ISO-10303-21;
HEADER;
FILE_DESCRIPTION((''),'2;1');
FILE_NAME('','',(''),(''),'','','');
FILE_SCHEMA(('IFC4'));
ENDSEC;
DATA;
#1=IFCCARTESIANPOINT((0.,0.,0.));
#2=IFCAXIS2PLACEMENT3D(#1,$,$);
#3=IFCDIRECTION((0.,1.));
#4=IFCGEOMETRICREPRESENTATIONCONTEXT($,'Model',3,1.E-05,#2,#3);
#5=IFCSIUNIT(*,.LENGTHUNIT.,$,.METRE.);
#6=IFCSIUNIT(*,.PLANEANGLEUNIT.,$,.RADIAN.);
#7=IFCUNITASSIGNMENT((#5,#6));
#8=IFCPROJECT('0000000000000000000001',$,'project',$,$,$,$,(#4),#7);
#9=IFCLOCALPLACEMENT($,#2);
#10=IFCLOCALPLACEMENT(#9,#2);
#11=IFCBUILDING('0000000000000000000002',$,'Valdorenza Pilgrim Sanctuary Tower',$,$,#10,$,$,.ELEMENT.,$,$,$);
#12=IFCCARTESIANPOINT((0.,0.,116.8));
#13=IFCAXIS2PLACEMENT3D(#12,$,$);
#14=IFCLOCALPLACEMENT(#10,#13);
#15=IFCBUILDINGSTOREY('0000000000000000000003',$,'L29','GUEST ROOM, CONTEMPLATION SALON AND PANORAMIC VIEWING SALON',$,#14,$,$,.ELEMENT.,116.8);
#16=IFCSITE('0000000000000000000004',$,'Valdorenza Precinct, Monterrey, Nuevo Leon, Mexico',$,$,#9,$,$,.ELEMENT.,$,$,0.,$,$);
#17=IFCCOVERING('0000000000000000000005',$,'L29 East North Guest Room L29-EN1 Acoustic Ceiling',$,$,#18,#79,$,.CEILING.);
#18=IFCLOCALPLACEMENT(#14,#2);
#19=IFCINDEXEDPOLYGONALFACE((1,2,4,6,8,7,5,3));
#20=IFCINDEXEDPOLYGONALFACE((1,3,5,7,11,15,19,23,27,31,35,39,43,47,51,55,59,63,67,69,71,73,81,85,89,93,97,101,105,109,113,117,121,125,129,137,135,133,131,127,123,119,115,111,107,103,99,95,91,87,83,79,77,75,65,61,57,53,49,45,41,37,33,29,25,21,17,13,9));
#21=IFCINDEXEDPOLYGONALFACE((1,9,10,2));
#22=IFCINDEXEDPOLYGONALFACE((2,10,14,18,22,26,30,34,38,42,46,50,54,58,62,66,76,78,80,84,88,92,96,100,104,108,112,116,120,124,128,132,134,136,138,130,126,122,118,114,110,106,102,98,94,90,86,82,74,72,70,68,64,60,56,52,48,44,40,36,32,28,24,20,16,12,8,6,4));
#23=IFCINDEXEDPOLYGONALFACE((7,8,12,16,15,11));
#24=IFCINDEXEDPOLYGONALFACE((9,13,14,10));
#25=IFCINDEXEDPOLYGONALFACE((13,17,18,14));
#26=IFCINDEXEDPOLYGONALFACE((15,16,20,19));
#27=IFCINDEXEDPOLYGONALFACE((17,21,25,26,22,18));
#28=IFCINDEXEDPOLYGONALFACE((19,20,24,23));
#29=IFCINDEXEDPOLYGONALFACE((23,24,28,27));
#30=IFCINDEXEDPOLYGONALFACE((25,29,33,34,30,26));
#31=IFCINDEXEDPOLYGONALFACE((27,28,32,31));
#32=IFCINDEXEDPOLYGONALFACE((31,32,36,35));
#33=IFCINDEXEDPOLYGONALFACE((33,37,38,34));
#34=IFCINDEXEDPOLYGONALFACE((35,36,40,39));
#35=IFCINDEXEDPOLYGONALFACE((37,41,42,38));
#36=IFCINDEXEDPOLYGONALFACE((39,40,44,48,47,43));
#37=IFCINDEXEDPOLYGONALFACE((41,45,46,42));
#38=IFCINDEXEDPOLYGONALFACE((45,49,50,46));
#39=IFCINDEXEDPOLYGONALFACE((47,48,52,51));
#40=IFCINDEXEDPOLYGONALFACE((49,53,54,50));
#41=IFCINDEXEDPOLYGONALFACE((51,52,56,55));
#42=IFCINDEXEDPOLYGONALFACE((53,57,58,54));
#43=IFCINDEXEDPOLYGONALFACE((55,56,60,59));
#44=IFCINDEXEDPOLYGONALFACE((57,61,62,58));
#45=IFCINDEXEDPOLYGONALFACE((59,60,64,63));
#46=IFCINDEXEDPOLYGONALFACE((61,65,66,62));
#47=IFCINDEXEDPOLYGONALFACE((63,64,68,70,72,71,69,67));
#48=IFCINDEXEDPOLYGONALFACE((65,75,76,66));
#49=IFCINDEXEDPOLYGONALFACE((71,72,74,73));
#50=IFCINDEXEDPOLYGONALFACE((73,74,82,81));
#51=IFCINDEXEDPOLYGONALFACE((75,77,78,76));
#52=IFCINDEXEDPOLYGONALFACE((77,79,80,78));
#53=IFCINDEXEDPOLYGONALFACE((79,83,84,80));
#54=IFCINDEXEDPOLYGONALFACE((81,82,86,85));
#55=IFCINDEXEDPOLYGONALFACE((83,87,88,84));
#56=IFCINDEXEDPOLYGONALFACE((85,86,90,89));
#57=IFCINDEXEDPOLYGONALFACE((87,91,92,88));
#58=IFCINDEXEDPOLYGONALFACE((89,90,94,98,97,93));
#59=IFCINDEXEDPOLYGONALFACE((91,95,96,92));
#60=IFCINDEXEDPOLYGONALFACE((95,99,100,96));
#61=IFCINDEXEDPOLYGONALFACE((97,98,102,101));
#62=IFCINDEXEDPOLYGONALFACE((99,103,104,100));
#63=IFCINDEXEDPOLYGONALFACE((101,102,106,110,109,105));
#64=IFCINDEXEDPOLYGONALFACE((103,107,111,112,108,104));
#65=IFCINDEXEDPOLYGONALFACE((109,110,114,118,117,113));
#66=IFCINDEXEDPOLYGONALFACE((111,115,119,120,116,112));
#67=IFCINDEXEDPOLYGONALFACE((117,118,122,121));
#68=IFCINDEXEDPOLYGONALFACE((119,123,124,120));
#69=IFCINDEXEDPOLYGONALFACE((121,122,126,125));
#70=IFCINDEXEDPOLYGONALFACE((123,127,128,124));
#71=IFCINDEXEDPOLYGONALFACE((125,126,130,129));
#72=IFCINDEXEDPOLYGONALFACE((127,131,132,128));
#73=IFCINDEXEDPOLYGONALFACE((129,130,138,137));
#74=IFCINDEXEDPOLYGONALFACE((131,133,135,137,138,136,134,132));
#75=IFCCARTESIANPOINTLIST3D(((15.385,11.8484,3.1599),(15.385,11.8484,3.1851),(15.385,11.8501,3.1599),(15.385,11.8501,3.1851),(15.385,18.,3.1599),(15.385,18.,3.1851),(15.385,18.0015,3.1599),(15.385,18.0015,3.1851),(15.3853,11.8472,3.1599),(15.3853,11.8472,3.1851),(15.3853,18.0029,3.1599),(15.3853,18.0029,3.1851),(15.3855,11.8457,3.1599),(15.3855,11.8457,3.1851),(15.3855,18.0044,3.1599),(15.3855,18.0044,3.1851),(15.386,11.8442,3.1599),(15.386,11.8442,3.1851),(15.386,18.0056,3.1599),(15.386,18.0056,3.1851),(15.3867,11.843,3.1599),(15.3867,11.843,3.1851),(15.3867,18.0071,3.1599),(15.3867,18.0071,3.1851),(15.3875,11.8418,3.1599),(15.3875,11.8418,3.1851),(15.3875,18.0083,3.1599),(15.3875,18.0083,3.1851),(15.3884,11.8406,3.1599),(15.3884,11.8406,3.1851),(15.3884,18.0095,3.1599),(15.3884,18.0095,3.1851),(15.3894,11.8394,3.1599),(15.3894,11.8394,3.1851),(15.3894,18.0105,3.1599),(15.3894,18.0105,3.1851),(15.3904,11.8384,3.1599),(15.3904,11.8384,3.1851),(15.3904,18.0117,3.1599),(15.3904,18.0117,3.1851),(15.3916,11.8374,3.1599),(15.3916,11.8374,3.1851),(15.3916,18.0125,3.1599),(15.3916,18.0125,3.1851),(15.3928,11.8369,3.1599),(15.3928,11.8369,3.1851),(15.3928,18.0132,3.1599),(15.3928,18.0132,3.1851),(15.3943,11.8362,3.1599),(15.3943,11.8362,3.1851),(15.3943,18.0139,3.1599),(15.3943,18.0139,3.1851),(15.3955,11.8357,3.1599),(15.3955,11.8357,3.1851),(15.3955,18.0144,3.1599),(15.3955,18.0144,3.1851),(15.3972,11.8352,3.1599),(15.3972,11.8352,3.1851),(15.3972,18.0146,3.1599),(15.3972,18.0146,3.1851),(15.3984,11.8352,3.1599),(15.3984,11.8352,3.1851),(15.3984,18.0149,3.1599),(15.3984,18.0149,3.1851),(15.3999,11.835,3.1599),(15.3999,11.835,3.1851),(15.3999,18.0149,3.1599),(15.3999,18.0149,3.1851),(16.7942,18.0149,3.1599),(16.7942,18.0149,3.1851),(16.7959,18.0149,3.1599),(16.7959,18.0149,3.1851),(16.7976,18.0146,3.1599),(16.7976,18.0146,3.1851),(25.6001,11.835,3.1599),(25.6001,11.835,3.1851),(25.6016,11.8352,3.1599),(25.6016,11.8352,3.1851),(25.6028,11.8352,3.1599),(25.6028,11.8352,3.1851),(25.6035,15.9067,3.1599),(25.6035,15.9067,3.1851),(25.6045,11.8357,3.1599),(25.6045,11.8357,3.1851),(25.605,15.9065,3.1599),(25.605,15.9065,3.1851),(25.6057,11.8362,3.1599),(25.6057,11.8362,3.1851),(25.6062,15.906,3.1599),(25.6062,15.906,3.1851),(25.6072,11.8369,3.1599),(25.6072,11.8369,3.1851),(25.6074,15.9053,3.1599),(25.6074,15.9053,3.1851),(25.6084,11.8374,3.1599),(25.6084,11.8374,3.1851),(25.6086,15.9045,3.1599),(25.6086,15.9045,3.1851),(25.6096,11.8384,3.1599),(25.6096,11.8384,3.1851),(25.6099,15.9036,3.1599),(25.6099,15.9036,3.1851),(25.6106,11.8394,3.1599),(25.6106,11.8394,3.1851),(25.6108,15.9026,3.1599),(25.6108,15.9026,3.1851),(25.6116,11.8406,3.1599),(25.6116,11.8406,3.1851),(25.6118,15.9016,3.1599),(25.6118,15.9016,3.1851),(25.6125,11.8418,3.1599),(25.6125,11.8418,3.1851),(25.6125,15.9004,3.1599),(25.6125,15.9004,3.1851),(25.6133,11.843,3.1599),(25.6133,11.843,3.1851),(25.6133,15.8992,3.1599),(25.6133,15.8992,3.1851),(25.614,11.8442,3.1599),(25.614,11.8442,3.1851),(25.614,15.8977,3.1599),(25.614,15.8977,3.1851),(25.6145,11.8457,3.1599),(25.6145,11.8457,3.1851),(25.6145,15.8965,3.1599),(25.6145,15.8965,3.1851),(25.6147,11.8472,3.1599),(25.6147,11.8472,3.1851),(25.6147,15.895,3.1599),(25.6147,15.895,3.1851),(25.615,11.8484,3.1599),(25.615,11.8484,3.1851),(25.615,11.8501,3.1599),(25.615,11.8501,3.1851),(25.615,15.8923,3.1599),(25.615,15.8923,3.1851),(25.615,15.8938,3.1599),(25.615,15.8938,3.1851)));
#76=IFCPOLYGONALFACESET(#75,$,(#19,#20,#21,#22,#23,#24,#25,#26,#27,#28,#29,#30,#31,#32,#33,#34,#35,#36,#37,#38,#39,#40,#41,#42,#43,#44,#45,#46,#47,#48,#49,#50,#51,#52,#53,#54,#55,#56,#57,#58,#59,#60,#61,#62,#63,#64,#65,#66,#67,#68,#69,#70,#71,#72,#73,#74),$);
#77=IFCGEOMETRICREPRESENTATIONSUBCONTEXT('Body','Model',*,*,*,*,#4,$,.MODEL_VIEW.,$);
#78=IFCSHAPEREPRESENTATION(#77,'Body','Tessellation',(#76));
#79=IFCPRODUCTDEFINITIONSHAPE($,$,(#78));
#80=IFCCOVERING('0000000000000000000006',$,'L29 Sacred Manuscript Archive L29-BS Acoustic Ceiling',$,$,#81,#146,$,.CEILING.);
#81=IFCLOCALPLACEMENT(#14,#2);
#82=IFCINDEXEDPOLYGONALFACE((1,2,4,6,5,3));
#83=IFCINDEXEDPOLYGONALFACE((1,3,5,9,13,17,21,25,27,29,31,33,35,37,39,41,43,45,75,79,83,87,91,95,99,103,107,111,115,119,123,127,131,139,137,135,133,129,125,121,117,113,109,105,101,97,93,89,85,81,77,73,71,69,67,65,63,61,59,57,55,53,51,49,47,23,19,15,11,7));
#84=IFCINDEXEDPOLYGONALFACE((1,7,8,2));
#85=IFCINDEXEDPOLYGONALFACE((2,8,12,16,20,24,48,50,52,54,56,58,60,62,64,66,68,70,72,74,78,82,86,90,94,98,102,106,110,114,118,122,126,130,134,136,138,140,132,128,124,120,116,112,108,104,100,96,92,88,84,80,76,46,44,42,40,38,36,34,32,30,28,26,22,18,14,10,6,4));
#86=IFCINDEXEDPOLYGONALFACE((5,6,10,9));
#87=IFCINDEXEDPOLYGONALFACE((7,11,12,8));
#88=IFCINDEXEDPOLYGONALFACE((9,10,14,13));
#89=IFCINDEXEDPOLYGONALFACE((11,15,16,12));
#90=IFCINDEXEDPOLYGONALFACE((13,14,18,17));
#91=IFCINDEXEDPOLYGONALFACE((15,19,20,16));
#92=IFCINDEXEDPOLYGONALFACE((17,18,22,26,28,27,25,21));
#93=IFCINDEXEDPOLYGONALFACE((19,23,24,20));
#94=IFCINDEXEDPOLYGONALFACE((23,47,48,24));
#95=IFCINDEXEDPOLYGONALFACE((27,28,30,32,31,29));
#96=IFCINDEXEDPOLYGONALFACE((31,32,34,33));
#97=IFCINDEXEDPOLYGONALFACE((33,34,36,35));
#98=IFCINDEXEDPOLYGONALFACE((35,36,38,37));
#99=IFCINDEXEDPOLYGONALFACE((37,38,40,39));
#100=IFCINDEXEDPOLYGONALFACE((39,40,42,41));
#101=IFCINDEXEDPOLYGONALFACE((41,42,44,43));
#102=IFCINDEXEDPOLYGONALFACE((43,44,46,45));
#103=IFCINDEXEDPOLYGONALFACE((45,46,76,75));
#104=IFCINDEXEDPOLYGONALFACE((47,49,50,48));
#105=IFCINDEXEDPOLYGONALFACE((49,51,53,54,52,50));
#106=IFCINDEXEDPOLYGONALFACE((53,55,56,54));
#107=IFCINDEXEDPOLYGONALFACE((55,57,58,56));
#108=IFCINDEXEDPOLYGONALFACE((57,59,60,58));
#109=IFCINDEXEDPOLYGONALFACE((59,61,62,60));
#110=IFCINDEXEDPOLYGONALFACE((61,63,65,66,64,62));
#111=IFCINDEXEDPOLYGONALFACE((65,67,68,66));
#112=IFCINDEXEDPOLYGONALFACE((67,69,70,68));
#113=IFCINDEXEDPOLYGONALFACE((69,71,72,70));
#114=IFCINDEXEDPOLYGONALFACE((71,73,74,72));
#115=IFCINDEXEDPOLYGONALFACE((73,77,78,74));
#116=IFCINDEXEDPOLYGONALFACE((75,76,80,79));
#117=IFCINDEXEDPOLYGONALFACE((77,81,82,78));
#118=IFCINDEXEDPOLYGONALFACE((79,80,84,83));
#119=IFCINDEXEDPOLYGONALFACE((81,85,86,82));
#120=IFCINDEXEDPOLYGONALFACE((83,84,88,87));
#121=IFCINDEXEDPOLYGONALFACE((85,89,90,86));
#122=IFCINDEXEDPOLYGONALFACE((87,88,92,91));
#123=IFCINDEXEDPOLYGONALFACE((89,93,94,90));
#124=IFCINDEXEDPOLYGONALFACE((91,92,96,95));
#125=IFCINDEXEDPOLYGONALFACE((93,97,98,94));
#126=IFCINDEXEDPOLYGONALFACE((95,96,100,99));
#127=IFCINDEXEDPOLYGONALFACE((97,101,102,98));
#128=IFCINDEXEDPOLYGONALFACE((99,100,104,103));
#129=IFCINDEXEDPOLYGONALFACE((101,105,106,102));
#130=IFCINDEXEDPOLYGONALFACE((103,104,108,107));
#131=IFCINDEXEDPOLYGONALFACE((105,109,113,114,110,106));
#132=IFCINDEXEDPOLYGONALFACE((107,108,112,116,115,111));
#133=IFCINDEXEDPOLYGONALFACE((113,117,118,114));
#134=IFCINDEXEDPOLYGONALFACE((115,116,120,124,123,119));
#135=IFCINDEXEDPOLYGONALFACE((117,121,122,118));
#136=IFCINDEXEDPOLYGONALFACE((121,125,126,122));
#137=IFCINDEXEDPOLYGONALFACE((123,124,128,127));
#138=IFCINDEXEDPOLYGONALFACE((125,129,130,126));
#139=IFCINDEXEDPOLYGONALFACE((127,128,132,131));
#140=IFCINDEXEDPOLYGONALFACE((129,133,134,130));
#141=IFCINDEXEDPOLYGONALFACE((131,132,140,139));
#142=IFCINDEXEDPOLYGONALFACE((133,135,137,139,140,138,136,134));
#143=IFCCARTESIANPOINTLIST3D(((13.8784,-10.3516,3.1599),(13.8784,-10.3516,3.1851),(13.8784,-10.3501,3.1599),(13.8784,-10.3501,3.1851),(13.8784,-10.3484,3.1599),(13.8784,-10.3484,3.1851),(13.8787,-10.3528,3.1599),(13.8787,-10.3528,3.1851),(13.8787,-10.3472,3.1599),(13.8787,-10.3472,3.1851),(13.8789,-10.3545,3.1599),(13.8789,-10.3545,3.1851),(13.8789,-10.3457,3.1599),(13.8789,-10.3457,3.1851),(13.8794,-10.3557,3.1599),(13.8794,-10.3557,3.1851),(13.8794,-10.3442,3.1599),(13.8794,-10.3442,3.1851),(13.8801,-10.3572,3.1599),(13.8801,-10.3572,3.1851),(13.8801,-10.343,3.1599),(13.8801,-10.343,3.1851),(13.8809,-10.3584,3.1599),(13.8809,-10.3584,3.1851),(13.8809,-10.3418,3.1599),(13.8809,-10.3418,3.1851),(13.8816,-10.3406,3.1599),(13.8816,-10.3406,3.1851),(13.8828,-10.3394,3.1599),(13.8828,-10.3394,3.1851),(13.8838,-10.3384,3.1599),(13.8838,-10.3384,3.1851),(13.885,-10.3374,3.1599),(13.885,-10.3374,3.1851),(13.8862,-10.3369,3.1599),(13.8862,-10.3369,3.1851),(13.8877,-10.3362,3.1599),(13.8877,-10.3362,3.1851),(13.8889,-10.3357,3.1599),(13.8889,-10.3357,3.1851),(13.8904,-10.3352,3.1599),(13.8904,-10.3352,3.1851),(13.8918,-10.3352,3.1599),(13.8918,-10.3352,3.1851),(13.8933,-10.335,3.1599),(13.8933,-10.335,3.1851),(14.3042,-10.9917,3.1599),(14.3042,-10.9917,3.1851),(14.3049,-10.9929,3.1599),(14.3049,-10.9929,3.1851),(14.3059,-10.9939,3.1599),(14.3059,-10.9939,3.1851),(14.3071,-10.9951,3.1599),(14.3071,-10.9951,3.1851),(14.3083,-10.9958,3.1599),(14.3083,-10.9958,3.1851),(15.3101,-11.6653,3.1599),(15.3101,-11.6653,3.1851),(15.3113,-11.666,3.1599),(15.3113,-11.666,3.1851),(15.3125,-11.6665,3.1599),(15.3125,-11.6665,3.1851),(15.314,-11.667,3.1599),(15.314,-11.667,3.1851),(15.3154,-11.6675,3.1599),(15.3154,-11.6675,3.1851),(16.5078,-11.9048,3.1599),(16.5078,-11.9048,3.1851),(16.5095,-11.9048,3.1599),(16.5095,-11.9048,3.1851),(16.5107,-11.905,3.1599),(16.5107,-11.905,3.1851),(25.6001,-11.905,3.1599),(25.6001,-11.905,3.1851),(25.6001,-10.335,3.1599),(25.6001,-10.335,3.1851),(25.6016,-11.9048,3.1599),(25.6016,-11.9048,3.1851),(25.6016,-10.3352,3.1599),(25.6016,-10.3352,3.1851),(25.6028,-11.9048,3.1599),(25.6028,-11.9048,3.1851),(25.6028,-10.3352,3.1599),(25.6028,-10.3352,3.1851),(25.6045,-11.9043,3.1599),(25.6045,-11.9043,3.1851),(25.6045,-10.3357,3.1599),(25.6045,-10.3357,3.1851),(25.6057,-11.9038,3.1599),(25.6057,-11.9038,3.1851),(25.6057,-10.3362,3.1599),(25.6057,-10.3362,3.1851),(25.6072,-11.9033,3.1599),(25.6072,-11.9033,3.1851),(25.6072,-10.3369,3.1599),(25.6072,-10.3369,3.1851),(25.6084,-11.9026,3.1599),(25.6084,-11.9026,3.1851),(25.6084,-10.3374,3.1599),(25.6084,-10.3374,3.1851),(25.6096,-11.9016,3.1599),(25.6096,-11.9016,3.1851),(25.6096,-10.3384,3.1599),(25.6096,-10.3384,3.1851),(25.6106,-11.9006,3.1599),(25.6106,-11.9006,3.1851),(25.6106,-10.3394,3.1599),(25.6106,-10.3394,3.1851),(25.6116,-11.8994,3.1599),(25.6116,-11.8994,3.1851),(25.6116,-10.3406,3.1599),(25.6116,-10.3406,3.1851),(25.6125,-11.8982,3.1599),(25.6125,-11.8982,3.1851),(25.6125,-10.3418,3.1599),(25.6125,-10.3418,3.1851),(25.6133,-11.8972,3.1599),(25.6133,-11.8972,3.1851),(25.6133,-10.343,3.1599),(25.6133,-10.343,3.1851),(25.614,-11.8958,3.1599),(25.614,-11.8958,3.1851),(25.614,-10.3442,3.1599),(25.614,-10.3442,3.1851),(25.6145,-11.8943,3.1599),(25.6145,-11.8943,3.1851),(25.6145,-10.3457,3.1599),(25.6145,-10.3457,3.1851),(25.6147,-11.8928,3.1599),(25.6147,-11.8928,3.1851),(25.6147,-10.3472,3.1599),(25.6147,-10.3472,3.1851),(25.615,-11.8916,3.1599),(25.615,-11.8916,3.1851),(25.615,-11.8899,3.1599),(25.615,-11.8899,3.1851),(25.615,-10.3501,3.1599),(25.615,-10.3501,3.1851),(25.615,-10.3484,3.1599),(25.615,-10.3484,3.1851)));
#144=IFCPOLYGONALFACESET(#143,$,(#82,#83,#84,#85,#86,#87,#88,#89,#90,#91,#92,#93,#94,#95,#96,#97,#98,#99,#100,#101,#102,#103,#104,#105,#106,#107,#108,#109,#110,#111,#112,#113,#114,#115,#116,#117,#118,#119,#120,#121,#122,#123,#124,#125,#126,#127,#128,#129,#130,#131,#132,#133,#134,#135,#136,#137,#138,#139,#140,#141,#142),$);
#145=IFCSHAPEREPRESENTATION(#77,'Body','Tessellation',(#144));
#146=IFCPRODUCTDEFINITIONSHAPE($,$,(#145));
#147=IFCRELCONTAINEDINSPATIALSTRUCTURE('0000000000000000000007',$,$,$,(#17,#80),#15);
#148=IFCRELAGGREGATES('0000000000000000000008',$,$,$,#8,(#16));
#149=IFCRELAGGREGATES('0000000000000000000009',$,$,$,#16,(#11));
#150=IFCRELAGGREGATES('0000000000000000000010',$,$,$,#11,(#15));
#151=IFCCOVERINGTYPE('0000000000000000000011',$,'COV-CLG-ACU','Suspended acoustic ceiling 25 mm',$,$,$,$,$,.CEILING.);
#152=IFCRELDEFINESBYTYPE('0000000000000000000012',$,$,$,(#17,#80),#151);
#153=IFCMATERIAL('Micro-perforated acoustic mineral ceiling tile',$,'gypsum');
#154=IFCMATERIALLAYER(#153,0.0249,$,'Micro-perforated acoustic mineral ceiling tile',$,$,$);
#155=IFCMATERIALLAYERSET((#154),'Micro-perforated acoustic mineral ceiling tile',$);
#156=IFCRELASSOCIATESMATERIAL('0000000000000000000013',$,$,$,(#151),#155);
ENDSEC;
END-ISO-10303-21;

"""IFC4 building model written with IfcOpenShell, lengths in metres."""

from ifc_helpers import new_model, si_unit, direction, frame, origin, place, context, subcontext, project, spatial, polyline, outline, extrude, material, layer, layer_set, type_object, element, save


model = new_model("IFC4")

# Units and contexts
model_context = context("Model", 3, precision=1e-05, world=origin(), true_north=direction((0.0, 1.0)))
body_context = subcontext(model_context, "Body", "Model", "MODEL_VIEW")
ifc_project = project(units=[si_unit("LENGTHUNIT", "METRE"), si_unit("PLANEANGLEUNIT", "RADIAN")], contexts=[model_context])

# Site, building, storey
site_placement = place(None, origin())
site = spatial("IfcSite", under=ifc_project, at=site_placement, Name="Valdorenza Precinct, Monterrey, Nuevo Leon, Mexico", CompositionType="ELEMENT", RefElevation=0.0)
building_placement = place(site_placement, origin())
building = spatial("IfcBuilding", under=site, at=building_placement, Name="Valdorenza Pilgrim Sanctuary Tower", CompositionType="ELEMENT")
storey_placement = place(building_placement, frame((0.0, 0.0, 116.8)))
storey = spatial("IfcBuildingStorey", under=building, at=storey_placement, Name="L29", Description="GUEST ROOM, CONTEMPLATION SALON AND PANORAMIC VIEWING SALON", CompositionType="ELEMENT", Elevation=116.8)

# Coverings
ifc_material_1 = material(Name="Micro-perforated acoustic mineral ceiling tile", Category="gypsum")
ifc_layer_1 = layer(ifc_material_1, 0.0249, Name="Micro-perforated acoustic mineral ceiling tile")
ifc_layer_set_1 = layer_set([ifc_layer_1], Name="Micro-perforated acoustic mineral ceiling tile")
covering_type_1 = type_object("IfcCoveringType", Name="COV-CLG-ACU", Description="Suspended acoustic ceiling 25 mm", PredefinedType="CEILING", material=ifc_layer_set_1)
covering_1_placement = place(storey_placement, frame((0.0, 0.0, 3.1599)))
element("IfcCovering", 1, at=covering_1_placement, inside=storey, type_object=covering_type_1, Name="L29 East North Guest Room L29-EN1 Acoustic Ceiling", PredefinedType="CEILING", context=body_context, shape_type="SweptSolid", body=[
    extrude(outline(polyline([(16.7942, 18.0149), (16.7959, 18.0149), (16.7976, 18.0146), (25.6035, 15.9067), (25.605, 15.9065), (25.6062, 15.906), (25.6074, 15.9053), (25.6086, 15.9045), (25.6099, 15.9036), (25.6108, 15.9026), (25.6118, 15.9016), (25.6125, 15.9004), (25.6133, 15.8992), (25.614, 15.8977), (25.6145, 15.8965), (25.6147, 15.895), (25.615, 15.8938), (25.615, 15.8923), (25.615, 11.8501), (25.615, 11.8484), (25.6147, 11.8472), (25.6145, 11.8457), (25.614, 11.8442), (25.6133, 11.843), (25.6125, 11.8418), (25.6116, 11.8406), (25.6106, 11.8394), (25.6096, 11.8384), (25.6084, 11.8374), (25.6072, 11.8369), (25.6057, 11.8362), (25.6045, 11.8357), (25.6028, 11.8352), (25.6016, 11.8352), (25.6001, 11.835), (15.3999, 11.835), (15.3984, 11.8352), (15.3972, 11.8352), (15.3955, 11.8357), (15.3943, 11.8362), (15.3928, 11.8369), (15.3916, 11.8374), (15.3904, 11.8384), (15.3894, 11.8394), (15.3884, 11.8406), (15.3875, 11.8418), (15.3867, 11.843), (15.386, 11.8442), (15.3855, 11.8457), (15.3853, 11.8472), (15.385, 11.8484), (15.385, 11.8501), (15.385, 18.0), (15.385, 18.0015), (15.3853, 18.0029), (15.3855, 18.0044), (15.386, 18.0056), (15.3867, 18.0071), (15.3875, 18.0083), (15.3884, 18.0095), (15.3894, 18.0105), (15.3904, 18.0117), (15.3916, 18.0125), (15.3928, 18.0132), (15.3943, 18.0139), (15.3955, 18.0144), (15.3972, 18.0146), (15.3984, 18.0149), (15.3999, 18.0149), (16.7942, 18.0149)])), origin(), (0.0, 0.0, 1.0), 0.0251),
])
covering_2_placement = place(storey_placement, frame((0.0, 0.0, 3.1599)))
element("IfcCovering", 2, at=covering_2_placement, inside=storey, type_object=covering_type_1, Name="L29 Sacred Manuscript Archive L29-BS Acoustic Ceiling", PredefinedType="CEILING", context=body_context, shape_type="SweptSolid", body=[
    extrude(outline(polyline([(25.615, -11.8899), (25.615, -11.8916), (25.6147, -11.8928), (25.6145, -11.8943), (25.614, -11.8958), (25.6133, -11.8972), (25.6125, -11.8982), (25.6116, -11.8994), (25.6106, -11.9006), (25.6096, -11.9016), (25.6084, -11.9026), (25.6072, -11.9033), (25.6057, -11.9038), (25.6045, -11.9043), (25.6028, -11.9048), (25.6016, -11.9048), (25.6001, -11.905), (16.5107, -11.905), (16.5095, -11.9048), (16.5078, -11.9048), (15.3154, -11.6675), (15.314, -11.667), (15.3125, -11.6665), (15.3113, -11.666), (15.3101, -11.6653), (14.3083, -10.9958), (14.3071, -10.9951), (14.3059, -10.9939), (14.3049, -10.9929), (14.3042, -10.9917), (13.8809, -10.3584), (13.8801, -10.3572), (13.8794, -10.3557), (13.8789, -10.3545), (13.8787, -10.3528), (13.8784, -10.3516), (13.8784, -10.3501), (13.8784, -10.3484), (13.8787, -10.3472), (13.8789, -10.3457), (13.8794, -10.3442), (13.8801, -10.343), (13.8809, -10.3418), (13.8816, -10.3406), (13.8828, -10.3394), (13.8838, -10.3384), (13.885, -10.3374), (13.8862, -10.3369), (13.8877, -10.3362), (13.8889, -10.3357), (13.8904, -10.3352), (13.8918, -10.3352), (13.8933, -10.335), (25.6001, -10.335), (25.6016, -10.3352), (25.6028, -10.3352), (25.6045, -10.3357), (25.6057, -10.3362), (25.6072, -10.3369), (25.6084, -10.3374), (25.6096, -10.3384), (25.6106, -10.3394), (25.6116, -10.3406), (25.6125, -10.3418), (25.6133, -10.343), (25.614, -10.3442), (25.6145, -10.3457), (25.6147, -10.3472), (25.615, -10.3484), (25.615, -10.3501), (25.615, -11.8899)])), origin(), (0.0, 0.0, 1.0), 0.0251),
])

save(model, "model.ifc")
